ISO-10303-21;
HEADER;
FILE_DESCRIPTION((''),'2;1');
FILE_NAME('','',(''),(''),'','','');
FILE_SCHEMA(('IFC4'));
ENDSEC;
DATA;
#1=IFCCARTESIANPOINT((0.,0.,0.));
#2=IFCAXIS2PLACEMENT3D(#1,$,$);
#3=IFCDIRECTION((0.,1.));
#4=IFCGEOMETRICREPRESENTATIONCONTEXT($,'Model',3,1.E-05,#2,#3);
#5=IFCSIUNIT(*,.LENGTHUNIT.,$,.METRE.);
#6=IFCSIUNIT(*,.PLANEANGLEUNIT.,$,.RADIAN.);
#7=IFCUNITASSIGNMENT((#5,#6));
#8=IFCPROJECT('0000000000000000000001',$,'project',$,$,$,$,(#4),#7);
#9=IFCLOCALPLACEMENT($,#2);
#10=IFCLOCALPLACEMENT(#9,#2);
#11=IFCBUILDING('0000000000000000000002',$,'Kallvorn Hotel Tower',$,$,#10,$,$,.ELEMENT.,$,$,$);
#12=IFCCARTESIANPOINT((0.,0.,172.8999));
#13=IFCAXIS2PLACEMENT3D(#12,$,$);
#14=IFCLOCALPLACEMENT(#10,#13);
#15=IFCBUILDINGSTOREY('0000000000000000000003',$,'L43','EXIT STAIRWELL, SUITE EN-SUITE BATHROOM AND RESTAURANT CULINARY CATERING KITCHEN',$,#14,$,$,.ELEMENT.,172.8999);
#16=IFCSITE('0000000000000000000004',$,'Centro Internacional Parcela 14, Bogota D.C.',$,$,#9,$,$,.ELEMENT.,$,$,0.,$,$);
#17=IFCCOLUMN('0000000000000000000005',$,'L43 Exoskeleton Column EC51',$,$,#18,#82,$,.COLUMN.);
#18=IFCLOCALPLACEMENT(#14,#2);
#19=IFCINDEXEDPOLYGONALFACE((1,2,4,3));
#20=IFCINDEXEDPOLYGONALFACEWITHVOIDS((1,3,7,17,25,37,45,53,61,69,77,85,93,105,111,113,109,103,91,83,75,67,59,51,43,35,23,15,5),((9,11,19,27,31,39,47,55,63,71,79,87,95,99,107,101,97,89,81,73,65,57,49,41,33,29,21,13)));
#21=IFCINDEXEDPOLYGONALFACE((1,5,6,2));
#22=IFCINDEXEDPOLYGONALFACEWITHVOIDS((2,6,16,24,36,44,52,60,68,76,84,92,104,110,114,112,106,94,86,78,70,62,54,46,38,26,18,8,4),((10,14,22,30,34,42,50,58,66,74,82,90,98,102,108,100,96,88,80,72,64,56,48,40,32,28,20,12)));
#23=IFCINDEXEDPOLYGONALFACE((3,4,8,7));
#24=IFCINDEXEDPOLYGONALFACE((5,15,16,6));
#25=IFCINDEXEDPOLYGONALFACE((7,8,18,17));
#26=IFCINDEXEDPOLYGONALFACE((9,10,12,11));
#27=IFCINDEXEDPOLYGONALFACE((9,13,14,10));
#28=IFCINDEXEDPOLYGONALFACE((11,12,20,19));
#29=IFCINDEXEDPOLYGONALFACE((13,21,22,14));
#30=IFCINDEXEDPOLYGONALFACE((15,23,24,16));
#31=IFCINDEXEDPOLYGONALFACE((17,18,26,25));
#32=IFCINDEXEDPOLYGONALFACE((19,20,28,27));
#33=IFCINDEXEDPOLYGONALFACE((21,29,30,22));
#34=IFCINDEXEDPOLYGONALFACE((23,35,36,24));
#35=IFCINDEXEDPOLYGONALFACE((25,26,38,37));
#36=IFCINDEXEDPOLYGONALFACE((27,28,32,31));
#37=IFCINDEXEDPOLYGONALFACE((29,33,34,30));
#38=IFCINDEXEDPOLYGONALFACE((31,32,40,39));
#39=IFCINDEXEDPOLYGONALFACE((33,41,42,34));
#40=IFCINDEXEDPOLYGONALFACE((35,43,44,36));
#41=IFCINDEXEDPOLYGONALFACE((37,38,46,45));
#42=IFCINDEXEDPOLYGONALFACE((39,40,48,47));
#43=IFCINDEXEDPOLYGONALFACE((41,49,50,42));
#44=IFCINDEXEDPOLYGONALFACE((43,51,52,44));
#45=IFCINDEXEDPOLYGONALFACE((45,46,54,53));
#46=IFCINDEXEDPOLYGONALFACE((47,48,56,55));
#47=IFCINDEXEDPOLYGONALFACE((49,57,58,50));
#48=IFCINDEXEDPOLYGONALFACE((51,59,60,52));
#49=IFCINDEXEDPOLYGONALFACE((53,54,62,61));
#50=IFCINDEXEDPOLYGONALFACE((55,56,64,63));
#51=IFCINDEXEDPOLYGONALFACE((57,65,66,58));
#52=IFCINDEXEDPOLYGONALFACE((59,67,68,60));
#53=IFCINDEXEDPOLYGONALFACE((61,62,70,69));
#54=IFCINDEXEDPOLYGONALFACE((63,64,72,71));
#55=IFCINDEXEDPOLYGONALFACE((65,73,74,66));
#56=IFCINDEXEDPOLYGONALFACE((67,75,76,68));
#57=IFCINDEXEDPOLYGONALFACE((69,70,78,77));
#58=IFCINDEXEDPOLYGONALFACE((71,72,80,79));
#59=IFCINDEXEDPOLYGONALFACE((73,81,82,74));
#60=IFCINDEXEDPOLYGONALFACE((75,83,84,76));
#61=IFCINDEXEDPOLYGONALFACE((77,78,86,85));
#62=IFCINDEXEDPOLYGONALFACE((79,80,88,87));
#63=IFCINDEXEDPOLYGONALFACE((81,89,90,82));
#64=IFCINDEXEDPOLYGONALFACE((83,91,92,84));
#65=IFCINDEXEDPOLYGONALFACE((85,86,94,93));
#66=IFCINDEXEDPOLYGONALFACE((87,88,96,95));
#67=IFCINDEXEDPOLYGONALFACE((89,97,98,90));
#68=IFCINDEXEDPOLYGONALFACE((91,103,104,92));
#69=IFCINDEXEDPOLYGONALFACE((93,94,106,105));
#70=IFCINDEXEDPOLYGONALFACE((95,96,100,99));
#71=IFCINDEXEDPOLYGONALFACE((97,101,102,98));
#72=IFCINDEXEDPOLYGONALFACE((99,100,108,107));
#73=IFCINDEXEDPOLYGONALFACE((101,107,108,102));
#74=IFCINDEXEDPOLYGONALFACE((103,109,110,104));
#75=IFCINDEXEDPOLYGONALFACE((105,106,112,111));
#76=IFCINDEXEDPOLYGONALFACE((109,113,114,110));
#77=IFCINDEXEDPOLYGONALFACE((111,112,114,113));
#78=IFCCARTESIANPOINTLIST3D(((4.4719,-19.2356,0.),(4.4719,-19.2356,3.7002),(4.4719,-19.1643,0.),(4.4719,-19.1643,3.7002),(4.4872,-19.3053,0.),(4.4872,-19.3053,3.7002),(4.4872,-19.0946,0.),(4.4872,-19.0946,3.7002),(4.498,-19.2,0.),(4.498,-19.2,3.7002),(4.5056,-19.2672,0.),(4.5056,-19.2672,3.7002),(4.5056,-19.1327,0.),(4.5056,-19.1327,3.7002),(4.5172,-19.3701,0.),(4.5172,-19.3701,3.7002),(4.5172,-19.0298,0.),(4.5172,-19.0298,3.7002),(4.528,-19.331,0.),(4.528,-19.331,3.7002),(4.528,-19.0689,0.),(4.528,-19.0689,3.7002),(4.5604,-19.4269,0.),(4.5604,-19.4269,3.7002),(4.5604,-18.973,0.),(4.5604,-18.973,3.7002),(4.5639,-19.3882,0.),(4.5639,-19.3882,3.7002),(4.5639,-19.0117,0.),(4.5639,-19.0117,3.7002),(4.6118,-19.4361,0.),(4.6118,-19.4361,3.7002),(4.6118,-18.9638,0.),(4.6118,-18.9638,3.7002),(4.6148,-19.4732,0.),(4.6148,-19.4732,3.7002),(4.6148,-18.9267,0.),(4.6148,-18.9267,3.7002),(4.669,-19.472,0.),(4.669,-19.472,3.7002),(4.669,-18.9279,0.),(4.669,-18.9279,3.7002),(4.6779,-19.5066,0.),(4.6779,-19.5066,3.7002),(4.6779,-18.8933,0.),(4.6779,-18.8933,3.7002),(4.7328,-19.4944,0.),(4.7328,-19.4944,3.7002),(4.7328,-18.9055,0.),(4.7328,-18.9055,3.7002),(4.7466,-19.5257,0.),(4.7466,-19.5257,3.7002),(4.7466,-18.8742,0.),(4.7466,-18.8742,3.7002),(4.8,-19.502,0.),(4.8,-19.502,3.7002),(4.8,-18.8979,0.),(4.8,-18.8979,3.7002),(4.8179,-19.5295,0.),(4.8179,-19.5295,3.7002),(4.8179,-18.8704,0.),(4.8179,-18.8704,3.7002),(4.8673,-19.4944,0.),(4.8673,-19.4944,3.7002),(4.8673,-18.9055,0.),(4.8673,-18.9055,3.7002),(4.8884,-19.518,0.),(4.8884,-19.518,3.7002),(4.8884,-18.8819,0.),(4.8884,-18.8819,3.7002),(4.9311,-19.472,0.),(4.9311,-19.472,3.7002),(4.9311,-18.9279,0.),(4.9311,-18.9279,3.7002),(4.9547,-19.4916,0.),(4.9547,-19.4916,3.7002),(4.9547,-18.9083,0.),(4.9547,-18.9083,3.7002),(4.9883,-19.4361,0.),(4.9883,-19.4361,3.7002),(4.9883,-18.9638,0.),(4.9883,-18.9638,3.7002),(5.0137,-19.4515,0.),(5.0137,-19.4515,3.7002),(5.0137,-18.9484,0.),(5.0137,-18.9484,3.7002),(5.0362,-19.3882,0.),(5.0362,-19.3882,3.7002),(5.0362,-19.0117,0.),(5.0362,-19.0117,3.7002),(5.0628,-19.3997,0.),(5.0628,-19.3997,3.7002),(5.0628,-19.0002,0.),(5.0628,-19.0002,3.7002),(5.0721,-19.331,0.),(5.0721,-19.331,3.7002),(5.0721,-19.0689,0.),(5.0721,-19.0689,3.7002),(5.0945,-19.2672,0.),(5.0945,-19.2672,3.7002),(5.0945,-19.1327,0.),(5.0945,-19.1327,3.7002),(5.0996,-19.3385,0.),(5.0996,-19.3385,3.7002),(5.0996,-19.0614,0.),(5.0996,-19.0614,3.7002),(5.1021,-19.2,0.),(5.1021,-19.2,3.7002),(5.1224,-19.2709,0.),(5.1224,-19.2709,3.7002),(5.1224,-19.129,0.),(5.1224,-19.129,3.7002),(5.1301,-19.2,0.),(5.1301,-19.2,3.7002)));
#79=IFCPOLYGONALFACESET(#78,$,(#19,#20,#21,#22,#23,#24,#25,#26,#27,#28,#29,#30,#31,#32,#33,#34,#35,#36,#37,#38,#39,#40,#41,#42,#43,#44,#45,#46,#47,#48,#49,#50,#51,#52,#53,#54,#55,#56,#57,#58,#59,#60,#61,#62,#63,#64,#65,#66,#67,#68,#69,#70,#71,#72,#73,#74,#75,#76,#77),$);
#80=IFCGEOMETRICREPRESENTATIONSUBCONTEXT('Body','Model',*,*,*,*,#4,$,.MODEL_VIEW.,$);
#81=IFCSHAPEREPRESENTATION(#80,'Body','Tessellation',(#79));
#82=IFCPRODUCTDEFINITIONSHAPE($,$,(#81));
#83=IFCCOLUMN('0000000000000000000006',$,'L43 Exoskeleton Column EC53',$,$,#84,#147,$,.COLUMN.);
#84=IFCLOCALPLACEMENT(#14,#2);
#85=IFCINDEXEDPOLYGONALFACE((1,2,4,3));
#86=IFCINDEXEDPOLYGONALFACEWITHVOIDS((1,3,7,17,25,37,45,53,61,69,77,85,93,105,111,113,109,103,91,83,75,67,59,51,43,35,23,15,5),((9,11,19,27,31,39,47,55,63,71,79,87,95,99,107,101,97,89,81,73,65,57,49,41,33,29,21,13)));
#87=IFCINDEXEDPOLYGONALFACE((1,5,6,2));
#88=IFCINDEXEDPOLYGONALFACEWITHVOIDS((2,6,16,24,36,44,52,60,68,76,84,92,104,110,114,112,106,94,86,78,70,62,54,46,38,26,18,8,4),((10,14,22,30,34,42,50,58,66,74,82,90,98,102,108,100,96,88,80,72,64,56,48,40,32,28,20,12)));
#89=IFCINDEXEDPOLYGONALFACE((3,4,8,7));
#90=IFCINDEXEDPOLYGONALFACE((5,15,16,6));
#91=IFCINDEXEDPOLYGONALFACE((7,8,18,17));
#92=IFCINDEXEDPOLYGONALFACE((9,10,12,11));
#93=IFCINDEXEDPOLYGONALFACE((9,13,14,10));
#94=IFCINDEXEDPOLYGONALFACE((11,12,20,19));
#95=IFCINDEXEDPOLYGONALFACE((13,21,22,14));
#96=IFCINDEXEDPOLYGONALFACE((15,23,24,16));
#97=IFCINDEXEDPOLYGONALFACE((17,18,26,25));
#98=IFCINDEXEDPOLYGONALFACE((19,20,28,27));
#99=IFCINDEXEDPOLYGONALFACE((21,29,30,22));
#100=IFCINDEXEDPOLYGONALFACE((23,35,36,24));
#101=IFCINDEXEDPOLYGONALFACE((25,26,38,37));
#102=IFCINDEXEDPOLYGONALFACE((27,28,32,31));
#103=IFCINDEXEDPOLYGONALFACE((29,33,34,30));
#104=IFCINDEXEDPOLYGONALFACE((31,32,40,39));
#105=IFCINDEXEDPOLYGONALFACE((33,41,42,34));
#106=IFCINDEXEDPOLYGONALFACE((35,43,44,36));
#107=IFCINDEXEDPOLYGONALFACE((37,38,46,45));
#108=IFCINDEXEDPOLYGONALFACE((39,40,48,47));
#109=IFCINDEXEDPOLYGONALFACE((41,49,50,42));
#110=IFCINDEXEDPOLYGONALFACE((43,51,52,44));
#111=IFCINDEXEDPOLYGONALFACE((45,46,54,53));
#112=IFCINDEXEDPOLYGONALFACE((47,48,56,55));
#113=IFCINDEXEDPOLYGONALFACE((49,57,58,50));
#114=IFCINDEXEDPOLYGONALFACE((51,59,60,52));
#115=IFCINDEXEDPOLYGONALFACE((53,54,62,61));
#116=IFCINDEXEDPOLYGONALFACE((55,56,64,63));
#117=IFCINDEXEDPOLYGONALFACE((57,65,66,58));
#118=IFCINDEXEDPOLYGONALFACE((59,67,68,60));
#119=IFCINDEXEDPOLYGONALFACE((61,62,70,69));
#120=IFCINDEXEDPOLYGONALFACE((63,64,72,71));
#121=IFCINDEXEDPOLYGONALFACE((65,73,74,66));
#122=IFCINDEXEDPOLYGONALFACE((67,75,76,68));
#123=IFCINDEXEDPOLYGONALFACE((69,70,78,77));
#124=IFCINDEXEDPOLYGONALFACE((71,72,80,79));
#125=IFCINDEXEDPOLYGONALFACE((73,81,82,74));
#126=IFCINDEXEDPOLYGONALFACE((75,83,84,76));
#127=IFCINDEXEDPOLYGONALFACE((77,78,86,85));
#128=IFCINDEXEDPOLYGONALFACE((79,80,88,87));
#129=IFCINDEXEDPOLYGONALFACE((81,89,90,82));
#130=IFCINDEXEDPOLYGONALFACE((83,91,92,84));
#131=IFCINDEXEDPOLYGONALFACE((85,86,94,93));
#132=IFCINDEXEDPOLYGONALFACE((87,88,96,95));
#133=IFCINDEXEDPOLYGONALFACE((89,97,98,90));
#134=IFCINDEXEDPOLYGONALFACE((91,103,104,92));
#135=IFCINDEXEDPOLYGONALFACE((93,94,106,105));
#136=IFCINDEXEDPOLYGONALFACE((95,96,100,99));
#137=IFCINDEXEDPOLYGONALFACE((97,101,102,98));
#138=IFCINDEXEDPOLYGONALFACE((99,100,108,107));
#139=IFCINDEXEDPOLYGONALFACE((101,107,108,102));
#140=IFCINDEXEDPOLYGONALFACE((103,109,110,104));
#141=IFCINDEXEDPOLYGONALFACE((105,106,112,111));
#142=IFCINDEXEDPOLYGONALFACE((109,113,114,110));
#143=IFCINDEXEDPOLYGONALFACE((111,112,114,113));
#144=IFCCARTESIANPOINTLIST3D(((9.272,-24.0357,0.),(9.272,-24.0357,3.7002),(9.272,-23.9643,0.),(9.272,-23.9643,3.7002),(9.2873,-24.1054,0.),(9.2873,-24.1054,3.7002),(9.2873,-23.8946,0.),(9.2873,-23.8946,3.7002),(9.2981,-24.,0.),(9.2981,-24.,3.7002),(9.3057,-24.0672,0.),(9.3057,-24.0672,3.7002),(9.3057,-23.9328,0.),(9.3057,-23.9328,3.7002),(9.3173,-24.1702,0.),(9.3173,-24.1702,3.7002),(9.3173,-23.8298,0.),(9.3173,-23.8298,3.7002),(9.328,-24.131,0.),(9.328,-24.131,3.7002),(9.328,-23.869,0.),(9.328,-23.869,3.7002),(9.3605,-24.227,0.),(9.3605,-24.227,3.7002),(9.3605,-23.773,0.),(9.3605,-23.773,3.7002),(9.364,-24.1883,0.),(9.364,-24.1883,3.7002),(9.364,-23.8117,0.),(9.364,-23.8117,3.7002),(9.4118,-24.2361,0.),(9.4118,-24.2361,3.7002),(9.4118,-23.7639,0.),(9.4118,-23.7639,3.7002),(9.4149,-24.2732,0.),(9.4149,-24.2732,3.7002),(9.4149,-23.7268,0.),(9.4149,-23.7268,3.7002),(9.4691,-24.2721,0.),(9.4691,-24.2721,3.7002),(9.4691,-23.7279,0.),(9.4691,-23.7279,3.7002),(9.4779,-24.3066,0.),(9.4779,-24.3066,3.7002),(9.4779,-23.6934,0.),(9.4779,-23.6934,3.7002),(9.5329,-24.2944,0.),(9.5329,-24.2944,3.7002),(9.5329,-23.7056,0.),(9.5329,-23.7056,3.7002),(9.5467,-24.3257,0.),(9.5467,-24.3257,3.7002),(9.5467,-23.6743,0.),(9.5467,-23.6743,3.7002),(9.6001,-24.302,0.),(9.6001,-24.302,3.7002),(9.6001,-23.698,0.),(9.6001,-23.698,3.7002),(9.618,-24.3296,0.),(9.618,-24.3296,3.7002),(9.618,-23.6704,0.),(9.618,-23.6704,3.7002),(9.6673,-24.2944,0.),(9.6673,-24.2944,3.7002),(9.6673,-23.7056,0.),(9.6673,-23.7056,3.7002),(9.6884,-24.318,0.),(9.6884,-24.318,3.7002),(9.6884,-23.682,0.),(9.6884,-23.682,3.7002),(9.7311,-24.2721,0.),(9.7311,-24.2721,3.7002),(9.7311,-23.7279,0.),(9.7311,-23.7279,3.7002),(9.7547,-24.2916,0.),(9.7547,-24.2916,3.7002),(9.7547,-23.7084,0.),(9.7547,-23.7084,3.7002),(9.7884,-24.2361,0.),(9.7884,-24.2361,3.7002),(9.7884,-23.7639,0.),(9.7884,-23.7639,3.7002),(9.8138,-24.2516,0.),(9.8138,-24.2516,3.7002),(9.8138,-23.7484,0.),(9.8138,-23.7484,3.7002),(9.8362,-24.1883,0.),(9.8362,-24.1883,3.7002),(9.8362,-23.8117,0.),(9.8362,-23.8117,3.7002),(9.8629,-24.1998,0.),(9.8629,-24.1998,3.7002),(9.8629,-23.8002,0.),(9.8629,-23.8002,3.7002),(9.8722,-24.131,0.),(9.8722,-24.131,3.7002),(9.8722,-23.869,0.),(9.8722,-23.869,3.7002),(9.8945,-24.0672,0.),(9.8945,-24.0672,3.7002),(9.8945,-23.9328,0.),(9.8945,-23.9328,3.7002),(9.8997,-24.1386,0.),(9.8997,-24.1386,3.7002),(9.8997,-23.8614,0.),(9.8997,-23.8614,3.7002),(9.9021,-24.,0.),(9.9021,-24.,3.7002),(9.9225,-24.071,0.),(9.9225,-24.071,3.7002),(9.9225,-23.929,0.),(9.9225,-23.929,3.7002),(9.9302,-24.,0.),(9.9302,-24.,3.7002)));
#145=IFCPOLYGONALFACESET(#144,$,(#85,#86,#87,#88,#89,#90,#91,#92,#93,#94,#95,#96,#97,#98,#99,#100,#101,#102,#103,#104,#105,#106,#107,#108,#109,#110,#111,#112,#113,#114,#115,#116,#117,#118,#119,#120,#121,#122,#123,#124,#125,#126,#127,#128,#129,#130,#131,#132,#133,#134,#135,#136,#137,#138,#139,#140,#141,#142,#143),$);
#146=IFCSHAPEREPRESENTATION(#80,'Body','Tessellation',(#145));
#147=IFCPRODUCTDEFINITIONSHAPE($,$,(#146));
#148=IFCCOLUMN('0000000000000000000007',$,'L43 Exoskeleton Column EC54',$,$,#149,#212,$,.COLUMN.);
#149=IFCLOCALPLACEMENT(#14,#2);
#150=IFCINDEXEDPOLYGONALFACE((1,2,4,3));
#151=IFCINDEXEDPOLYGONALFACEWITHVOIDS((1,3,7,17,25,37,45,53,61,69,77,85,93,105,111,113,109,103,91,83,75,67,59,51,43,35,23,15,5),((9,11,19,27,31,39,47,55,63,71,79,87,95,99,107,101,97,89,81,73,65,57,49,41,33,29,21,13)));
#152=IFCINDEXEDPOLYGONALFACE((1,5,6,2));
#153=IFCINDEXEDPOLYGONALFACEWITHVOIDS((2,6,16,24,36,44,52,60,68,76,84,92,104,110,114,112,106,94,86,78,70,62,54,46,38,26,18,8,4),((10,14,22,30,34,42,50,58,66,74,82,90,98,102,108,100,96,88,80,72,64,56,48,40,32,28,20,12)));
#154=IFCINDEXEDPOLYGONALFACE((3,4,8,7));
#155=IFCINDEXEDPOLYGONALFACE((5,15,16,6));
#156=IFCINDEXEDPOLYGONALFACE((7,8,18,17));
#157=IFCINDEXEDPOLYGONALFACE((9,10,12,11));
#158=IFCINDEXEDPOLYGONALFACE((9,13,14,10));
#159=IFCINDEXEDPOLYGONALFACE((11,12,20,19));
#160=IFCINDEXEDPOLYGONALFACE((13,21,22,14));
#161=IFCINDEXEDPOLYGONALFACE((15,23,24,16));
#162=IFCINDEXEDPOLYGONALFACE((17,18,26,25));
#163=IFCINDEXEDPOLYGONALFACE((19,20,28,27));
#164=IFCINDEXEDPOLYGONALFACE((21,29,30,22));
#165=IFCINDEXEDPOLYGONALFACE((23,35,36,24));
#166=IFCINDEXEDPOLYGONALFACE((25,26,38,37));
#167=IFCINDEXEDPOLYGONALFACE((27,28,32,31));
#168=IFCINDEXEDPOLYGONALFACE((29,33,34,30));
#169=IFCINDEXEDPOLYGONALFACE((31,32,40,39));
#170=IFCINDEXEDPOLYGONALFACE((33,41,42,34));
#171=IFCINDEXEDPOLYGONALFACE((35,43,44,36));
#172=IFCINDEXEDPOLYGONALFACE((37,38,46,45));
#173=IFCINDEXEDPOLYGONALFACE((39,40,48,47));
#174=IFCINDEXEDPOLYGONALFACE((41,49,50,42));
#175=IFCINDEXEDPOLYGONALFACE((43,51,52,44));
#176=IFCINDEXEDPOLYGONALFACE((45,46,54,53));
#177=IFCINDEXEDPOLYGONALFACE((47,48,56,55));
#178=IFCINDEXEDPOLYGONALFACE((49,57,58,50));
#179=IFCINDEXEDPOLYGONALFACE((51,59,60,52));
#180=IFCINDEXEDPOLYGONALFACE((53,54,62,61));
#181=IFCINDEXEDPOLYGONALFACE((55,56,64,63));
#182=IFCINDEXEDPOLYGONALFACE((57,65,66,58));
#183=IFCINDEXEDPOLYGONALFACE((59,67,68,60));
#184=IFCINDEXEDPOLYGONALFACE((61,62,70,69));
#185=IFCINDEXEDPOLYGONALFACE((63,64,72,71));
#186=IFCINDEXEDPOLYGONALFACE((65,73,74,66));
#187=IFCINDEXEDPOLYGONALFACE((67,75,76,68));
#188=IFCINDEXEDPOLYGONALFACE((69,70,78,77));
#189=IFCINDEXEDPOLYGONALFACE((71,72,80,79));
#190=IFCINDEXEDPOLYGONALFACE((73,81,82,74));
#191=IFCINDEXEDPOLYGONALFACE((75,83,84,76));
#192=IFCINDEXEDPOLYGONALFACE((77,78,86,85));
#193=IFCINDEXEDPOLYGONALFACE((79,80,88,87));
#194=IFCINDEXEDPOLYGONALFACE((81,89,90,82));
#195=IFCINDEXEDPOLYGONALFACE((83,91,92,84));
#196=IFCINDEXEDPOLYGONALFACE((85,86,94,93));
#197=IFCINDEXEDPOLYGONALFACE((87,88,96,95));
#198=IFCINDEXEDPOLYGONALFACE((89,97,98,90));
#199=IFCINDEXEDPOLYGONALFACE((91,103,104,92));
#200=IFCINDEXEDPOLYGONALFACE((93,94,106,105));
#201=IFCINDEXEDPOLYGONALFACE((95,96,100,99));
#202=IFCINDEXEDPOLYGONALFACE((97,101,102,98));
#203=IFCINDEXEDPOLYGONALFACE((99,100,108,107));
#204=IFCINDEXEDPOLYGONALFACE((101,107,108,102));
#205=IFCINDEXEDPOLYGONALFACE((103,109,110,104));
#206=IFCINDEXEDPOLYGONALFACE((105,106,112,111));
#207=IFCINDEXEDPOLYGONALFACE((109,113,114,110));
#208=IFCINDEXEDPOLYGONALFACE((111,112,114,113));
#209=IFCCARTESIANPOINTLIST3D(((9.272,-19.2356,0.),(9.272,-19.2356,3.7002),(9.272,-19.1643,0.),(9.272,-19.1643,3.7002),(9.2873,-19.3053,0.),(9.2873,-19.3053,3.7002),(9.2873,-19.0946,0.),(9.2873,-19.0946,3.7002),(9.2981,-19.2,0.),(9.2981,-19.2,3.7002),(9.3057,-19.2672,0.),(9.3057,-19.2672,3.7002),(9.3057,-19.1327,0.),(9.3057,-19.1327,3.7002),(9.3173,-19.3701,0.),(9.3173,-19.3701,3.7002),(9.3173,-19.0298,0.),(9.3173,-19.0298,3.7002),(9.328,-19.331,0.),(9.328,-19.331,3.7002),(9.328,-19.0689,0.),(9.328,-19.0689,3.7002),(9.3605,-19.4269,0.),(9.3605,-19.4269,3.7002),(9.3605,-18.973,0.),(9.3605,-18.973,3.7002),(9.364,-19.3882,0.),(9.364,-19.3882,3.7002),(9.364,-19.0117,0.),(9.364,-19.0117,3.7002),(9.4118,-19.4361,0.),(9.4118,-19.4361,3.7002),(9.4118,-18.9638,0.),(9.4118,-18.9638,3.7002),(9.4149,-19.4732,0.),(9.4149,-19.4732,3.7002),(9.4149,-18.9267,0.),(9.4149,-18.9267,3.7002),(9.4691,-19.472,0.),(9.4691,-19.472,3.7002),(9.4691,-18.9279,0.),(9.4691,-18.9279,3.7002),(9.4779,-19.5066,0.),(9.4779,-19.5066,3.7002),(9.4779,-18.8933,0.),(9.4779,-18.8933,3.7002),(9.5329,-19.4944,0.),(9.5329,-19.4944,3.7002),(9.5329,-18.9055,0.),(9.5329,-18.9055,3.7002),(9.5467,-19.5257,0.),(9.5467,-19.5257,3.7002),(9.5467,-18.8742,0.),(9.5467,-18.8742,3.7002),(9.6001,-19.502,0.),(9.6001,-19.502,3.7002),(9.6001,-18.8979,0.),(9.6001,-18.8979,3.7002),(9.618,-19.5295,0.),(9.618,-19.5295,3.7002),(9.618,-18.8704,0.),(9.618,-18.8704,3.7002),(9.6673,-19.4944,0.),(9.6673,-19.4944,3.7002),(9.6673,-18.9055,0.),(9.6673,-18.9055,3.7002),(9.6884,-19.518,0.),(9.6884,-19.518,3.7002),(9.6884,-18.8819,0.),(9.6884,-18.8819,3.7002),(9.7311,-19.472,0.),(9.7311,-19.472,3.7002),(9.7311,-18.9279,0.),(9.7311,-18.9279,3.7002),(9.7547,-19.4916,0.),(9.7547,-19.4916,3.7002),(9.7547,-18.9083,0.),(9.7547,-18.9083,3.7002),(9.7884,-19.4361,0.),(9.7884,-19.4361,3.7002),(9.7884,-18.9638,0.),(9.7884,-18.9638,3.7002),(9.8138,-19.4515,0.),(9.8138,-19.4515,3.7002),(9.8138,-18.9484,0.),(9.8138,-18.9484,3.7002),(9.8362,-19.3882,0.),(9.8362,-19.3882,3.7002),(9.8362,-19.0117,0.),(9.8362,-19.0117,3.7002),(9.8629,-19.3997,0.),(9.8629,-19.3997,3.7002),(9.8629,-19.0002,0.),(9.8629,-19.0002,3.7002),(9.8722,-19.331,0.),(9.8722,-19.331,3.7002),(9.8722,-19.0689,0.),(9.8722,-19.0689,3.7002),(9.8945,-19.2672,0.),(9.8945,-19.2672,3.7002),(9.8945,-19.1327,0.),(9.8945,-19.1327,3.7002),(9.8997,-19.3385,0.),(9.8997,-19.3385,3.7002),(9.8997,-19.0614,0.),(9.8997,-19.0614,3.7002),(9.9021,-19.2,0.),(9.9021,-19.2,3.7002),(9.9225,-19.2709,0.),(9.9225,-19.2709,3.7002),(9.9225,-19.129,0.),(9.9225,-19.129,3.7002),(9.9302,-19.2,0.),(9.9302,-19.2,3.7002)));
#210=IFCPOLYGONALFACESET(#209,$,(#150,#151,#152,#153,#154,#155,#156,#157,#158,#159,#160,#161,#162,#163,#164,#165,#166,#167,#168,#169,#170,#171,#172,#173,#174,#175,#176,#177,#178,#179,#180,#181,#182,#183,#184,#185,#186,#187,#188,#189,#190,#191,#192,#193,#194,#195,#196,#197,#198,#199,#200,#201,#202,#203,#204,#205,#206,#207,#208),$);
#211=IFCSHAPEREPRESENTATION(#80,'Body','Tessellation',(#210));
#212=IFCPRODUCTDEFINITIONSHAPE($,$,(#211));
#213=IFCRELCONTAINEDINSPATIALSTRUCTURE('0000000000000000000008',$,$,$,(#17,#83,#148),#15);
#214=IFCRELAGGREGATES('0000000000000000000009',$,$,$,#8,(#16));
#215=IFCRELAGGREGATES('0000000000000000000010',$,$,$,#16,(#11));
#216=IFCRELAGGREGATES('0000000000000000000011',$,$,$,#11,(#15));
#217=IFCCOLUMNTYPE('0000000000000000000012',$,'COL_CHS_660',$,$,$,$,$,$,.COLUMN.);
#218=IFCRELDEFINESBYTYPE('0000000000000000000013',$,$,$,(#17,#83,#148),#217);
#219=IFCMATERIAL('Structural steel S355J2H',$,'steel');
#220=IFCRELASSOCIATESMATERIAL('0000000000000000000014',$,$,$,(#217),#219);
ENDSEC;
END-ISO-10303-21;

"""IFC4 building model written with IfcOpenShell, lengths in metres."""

from ifc_helpers import new_model, si_unit, direction, frame, origin, origin_2d, place, context, subcontext, project, spatial, hollow_circle, extrude, material, material_profile, profile_set, type_object, element, save


model = new_model("IFC4")

# Units and contexts
model_context = context("Model", 3, precision=1e-05, world=origin(), true_north=direction((0.0, 1.0)))
body_context = subcontext(model_context, "Body", "Model", "MODEL_VIEW")
ifc_project = project(units=[si_unit("LENGTHUNIT", "METRE"), si_unit("PLANEANGLEUNIT", "RADIAN")], contexts=[model_context])

# Site, building, storey
site_placement = place(None, origin())
site = spatial("IfcSite", under=ifc_project, at=site_placement, Name="Centro Internacional Parcela 14, Bogota D.C.", CompositionType="ELEMENT", RefElevation=0.0)
building_placement = place(site_placement, origin())
building = spatial("IfcBuilding", under=site, at=building_placement, Name="Kallvorn Hotel Tower", CompositionType="ELEMENT")
storey_placement = place(building_placement, frame((0.0, 0.0, 172.8999)))
storey = spatial("IfcBuildingStorey", under=building, at=storey_placement, Name="L43", Description="EXIT STAIRWELL, SUITE EN-SUITE BATHROOM AND RESTAURANT CULINARY CATERING KITCHEN", CompositionType="ELEMENT", Elevation=172.8999)

# Columns
ifc_material_1 = material(Name="Structural steel S355J2H", Category="steel")
ifc_material_profile_1 = material_profile(ifc_material_1, hollow_circle(Radius=0.3301, WallThickness=0.0281, at=origin_2d()), Name="CHS 660x28")
ifc_profile_set_1 = profile_set([ifc_material_profile_1], Name="Structural steel S355J2H")
column_type_1 = type_object("IfcColumnType", Name="COL_CHS_660", PredefinedType="COLUMN", material=ifc_profile_set_1)
for number, where, z_axis, x_axis, name in (
    (1, (4.8, -19.2, 0.0), (0.0, 0.0, 1.0), (1.0, 0.0, 0.0), "L43 Exoskeleton Column EC51"),
    (2, (9.6001, -24.0, 0.0), (0.0, 0.0, 1.0), (1.0, 0.0, 0.0), "L43 Exoskeleton Column EC53"),
    (3, (9.6001, -19.2, 0.0), (0.0, 0.0, 1.0), (1.0, 0.0, 0.0), "L43 Exoskeleton Column EC54"),
):
    element("IfcColumn", number, at=place(storey_placement, frame(where, z_axis=z_axis, x_axis=x_axis)), inside=storey, type_object=column_type_1, Name=name, PredefinedType="COLUMN", context=body_context, shape_type="SweptSolid", body=[
        extrude(hollow_circle(Radius=0.3301, WallThickness=0.0281, at=origin_2d()), origin(), (0.0, 0.0, 1.0), 3.7002),
    ])

save(model, "model.ifc")
